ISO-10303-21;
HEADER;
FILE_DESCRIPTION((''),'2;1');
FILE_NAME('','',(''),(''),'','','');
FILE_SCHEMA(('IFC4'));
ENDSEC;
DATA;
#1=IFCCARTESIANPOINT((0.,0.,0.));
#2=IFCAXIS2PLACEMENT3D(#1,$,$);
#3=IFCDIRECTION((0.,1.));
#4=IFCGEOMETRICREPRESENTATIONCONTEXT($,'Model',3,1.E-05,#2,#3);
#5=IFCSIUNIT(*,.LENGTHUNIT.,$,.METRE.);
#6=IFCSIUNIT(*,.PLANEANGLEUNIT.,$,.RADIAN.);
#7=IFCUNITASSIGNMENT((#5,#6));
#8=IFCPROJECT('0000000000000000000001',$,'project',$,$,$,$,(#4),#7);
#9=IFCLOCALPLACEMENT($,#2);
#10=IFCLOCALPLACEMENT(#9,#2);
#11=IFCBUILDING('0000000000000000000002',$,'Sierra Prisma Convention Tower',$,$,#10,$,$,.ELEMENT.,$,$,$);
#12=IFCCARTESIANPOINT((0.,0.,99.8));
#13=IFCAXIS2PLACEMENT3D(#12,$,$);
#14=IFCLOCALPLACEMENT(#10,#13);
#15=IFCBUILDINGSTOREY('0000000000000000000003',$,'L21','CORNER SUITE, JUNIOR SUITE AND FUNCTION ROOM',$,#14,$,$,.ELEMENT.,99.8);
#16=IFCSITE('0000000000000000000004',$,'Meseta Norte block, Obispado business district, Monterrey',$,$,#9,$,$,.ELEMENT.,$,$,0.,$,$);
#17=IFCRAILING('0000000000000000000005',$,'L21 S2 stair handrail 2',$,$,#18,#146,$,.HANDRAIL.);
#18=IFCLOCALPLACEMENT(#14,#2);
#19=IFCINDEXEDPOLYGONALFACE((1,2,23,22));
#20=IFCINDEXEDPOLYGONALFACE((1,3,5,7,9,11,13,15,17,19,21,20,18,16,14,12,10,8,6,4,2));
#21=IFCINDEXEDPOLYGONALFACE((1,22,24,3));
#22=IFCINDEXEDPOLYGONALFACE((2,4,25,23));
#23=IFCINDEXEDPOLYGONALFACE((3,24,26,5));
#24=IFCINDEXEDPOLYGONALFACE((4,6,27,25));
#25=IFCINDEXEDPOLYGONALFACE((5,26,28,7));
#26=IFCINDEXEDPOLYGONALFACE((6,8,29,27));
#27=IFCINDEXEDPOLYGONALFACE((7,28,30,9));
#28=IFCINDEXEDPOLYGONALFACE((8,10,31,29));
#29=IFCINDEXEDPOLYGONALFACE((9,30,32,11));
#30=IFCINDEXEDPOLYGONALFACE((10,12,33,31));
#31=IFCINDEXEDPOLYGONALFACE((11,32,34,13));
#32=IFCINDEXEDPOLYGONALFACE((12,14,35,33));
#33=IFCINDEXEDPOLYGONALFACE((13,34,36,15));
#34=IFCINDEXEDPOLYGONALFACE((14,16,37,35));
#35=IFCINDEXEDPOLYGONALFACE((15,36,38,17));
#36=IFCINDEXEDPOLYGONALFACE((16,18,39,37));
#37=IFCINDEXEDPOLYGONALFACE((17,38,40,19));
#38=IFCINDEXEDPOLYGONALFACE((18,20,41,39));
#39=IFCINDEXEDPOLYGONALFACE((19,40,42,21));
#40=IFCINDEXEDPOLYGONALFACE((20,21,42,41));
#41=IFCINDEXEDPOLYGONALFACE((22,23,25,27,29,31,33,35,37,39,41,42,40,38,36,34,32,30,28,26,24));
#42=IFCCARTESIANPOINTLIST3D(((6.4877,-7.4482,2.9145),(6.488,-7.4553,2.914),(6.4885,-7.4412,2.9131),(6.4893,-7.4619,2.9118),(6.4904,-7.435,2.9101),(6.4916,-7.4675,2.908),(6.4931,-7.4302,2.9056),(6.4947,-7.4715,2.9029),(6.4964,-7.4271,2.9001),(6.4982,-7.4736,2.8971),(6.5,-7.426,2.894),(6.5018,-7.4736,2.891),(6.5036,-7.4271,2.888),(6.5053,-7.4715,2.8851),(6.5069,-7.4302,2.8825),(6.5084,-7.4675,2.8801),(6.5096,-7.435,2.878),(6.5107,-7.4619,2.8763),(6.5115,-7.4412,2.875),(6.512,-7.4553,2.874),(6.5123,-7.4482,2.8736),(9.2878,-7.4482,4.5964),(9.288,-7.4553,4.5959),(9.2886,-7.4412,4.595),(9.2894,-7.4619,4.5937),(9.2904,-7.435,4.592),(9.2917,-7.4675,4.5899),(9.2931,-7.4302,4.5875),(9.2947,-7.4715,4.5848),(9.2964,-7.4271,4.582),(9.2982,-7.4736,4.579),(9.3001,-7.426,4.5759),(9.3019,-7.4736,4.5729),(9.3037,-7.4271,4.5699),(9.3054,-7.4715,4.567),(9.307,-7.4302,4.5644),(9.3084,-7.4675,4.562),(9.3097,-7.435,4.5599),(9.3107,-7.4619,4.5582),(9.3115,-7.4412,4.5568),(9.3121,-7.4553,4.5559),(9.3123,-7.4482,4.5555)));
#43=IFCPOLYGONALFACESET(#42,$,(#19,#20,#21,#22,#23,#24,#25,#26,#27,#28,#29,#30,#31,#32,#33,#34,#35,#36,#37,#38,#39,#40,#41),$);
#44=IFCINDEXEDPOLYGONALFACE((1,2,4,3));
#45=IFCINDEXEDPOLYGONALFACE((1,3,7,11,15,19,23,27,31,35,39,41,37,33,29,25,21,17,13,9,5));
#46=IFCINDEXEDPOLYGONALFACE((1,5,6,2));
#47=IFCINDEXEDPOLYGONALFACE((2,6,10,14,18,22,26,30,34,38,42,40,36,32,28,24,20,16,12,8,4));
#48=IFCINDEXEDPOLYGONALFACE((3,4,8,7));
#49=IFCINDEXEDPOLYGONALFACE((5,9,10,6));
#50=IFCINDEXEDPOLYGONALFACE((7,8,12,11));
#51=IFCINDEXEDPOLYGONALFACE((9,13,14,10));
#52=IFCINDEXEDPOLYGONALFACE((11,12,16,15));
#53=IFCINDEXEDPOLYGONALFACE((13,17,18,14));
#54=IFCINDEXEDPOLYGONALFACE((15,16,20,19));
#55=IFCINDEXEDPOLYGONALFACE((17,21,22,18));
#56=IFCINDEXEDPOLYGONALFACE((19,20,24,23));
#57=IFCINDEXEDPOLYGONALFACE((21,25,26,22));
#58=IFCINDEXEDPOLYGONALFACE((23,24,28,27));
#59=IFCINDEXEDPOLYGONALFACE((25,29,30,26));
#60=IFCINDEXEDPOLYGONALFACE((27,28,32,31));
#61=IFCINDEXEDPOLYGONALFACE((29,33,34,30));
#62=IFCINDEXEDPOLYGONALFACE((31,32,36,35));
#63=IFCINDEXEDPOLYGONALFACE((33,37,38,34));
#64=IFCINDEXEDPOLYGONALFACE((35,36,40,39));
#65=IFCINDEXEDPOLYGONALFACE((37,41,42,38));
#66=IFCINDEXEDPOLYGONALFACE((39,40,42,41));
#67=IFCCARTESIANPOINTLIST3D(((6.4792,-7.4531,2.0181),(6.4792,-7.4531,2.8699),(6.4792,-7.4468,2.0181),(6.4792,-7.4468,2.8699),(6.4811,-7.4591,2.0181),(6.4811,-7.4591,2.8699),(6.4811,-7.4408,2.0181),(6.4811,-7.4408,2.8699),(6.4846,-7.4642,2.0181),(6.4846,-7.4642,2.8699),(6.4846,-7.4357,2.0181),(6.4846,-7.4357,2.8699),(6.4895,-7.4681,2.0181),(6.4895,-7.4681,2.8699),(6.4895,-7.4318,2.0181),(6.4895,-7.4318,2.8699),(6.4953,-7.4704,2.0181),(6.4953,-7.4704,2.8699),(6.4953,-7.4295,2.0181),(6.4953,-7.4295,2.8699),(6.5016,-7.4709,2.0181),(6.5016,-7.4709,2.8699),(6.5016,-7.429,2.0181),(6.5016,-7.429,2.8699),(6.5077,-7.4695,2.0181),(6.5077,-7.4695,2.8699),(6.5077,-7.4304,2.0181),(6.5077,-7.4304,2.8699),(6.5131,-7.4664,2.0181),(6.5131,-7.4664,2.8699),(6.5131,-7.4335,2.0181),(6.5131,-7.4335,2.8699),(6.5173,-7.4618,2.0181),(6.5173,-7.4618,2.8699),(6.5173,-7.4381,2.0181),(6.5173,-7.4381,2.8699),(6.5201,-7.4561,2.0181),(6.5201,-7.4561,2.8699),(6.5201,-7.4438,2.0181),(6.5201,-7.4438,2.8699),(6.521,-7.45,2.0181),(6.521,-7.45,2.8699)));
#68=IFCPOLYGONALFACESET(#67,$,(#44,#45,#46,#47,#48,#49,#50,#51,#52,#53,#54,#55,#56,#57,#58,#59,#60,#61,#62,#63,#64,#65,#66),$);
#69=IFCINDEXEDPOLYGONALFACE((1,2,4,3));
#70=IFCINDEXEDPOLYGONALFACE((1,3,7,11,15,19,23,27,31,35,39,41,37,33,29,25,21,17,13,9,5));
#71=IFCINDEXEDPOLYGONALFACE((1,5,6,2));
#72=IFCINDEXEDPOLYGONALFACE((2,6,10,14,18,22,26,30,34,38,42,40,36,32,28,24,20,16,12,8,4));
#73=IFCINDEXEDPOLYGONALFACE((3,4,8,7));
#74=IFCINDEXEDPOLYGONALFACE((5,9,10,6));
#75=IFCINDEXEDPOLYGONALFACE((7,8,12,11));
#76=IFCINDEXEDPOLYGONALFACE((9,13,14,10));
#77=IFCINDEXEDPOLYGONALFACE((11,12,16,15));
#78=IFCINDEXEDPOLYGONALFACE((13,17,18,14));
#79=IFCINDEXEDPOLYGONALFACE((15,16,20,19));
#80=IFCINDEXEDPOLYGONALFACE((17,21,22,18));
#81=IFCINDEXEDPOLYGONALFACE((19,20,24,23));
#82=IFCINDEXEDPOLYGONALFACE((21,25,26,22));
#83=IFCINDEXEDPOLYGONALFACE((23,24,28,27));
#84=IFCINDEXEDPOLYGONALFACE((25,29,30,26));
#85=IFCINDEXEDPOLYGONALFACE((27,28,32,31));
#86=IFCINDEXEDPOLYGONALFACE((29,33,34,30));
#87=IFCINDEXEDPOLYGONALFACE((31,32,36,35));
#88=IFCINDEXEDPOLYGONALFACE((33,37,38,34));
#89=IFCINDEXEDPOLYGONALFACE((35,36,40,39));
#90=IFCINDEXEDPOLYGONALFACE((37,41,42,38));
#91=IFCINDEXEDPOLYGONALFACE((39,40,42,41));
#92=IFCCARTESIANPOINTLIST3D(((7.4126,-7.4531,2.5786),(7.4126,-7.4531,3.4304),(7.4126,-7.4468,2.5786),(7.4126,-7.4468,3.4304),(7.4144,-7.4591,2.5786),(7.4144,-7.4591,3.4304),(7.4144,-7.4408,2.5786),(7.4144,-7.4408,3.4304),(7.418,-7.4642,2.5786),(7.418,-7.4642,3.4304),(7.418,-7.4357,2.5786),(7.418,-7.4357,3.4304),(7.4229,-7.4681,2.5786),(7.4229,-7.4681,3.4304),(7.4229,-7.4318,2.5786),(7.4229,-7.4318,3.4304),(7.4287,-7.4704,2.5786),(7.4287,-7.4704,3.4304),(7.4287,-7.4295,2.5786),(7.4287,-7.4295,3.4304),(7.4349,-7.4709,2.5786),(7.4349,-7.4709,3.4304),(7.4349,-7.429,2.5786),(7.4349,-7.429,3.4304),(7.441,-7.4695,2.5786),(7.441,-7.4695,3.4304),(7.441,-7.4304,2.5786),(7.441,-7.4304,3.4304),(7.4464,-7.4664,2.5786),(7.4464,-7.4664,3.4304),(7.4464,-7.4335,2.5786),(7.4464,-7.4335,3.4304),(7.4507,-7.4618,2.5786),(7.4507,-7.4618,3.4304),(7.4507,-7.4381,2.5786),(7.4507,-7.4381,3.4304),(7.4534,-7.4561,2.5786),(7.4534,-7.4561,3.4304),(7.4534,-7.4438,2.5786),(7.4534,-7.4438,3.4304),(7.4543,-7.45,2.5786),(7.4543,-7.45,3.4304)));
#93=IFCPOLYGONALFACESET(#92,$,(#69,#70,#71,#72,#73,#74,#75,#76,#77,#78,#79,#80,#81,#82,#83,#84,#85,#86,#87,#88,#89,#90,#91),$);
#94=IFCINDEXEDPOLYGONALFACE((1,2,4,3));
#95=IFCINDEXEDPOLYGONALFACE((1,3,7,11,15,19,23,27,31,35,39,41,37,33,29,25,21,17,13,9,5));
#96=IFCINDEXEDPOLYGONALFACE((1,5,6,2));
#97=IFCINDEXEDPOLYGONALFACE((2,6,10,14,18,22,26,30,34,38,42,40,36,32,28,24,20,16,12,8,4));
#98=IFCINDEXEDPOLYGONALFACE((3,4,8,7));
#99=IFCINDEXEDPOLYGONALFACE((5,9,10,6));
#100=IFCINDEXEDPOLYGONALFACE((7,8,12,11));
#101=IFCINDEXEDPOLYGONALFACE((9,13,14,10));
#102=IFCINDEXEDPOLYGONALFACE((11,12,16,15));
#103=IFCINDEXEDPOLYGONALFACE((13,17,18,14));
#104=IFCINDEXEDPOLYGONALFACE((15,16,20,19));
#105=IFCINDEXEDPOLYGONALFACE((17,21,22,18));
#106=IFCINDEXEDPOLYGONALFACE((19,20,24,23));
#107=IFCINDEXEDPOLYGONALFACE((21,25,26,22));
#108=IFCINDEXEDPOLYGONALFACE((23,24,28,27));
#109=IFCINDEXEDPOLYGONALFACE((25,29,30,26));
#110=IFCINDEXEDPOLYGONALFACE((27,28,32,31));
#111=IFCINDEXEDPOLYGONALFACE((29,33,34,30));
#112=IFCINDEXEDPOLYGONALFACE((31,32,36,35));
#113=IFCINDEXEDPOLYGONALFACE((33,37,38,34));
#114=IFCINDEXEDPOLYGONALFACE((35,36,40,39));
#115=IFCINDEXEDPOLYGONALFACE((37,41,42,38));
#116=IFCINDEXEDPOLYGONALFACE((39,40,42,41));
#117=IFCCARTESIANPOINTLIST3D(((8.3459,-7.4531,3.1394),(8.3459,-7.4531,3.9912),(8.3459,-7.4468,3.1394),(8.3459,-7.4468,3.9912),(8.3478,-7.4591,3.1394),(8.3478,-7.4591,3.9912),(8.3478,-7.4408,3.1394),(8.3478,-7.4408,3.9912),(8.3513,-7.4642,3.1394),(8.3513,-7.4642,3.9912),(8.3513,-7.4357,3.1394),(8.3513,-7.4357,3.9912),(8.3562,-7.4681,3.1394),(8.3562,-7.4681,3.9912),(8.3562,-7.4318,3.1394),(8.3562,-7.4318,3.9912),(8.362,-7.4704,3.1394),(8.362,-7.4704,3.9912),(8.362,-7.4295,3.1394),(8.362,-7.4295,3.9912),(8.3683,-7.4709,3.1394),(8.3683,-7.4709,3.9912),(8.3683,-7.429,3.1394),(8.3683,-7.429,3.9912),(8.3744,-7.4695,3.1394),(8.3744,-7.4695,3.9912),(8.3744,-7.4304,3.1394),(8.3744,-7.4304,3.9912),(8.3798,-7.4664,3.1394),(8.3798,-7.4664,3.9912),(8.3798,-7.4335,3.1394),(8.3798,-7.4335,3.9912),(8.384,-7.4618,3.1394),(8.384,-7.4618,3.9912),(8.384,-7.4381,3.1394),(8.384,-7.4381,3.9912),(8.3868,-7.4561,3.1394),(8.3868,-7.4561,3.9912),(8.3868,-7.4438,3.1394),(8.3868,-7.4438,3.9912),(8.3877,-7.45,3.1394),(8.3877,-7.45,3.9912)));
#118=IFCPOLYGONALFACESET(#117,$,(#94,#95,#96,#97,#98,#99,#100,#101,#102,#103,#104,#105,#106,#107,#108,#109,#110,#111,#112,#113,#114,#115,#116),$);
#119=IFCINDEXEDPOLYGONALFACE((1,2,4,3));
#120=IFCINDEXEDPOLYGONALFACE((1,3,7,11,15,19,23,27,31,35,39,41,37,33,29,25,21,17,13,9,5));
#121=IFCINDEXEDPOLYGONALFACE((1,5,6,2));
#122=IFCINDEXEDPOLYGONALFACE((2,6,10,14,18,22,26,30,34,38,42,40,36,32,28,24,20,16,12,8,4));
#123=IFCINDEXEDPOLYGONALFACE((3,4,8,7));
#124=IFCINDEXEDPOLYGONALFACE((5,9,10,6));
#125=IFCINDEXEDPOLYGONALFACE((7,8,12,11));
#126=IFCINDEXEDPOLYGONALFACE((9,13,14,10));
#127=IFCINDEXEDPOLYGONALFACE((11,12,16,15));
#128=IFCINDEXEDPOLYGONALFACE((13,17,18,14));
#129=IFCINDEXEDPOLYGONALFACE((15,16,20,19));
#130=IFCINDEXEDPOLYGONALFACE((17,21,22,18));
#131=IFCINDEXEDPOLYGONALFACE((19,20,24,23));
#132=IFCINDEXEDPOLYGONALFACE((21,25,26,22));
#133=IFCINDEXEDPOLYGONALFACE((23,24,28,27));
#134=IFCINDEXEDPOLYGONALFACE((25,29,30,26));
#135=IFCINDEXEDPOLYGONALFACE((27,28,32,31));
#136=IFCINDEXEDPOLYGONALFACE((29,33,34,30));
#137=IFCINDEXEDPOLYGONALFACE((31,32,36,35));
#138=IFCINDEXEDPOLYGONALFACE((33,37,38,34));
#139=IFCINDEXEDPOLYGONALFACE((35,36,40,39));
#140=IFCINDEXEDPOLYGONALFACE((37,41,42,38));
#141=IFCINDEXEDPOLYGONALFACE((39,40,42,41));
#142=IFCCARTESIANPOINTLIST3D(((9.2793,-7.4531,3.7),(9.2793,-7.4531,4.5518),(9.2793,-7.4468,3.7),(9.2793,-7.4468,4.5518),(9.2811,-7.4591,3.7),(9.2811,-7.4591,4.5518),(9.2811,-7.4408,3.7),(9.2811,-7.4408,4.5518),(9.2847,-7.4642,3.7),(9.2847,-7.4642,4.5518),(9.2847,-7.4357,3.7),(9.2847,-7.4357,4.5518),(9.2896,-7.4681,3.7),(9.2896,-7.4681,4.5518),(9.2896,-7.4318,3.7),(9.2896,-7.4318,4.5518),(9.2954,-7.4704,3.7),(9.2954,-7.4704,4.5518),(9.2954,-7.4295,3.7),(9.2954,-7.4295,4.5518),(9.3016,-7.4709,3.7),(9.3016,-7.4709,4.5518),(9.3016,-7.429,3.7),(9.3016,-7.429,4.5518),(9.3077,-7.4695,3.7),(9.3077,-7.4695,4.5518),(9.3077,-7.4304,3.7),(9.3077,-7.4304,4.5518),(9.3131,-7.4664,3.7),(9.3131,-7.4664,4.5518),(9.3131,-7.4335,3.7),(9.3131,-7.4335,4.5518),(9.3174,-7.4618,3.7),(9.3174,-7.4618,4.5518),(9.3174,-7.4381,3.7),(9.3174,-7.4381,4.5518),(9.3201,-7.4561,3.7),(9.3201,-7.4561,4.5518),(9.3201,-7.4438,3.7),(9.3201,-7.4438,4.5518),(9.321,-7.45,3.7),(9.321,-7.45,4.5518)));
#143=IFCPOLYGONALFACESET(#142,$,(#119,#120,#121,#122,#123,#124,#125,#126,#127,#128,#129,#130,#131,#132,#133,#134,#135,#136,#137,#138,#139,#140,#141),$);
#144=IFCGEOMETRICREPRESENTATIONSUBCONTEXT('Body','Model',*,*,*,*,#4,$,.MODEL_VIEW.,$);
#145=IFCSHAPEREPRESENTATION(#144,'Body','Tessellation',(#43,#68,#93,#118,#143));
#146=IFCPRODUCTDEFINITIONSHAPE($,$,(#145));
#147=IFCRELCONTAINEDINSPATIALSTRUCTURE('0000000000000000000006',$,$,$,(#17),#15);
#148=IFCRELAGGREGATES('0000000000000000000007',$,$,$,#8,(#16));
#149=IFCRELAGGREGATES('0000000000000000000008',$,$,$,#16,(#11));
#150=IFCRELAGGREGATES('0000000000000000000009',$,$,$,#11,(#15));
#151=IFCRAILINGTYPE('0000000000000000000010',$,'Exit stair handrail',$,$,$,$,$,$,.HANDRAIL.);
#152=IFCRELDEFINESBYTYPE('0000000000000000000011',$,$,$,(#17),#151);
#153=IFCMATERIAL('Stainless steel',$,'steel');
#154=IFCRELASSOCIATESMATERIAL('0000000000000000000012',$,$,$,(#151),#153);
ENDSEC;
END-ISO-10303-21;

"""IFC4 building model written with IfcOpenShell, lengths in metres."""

from ifc_helpers import new_model, si_unit, direction, frame, origin, origin_2d, place, context, subcontext, project, spatial, circle, extrude, material, type_object, element, save


model = new_model("IFC4")

# Units and contexts
model_context = context("Model", 3, precision=1e-05, world=origin(), true_north=direction((0.0, 1.0)))
body_context = subcontext(model_context, "Body", "Model", "MODEL_VIEW")
ifc_project = project(units=[si_unit("LENGTHUNIT", "METRE"), si_unit("PLANEANGLEUNIT", "RADIAN")], contexts=[model_context])

# Site, building, storey
site_placement = place(None, origin())
site = spatial("IfcSite", under=ifc_project, at=site_placement, Name="Meseta Norte block, Obispado business district, Monterrey", CompositionType="ELEMENT", RefElevation=0.0)
building_placement = place(site_placement, origin())
building = spatial("IfcBuilding", under=site, at=building_placement, Name="Sierra Prisma Convention Tower", CompositionType="ELEMENT")
storey_placement = place(building_placement, frame((0.0, 0.0, 99.8)))
storey = spatial("IfcBuildingStorey", under=building, at=storey_placement, Name="L21", Description="CORNER SUITE, JUNIOR SUITE AND FUNCTION ROOM", CompositionType="ELEMENT", Elevation=99.8)

# Railing
ifc_material_1 = material(Name="Stainless steel", Category="steel")
railing_type_1 = type_object("IfcRailingType", Name="Exit stair handrail", PredefinedType="HANDRAIL", material=ifc_material_1)
railing_1_placement = place(storey_placement, frame((6.5, -7.45, 2.0181)))
element("IfcRailing", 1, at=railing_1_placement, inside=storey, type_object=railing_type_1, Name="L21 S2 stair handrail 2", PredefinedType="HANDRAIL", context=body_context, shape_type="SweptSolid", body=[
    extrude(circle(Radius=0.0239, at=origin_2d()), frame((0.0, 0.0, 0.876), z_axis=(0.857242, 0.0, 0.514913), x_axis=(0.0, 1.0, 0.0)), (0.0, 0.0, 1.0), 3.2664),
    extrude(circle(Radius=0.021, at=origin_2d()), origin(), (0.0, 0.0, 1.0), 0.8518),
    extrude(circle(Radius=0.021, at=origin_2d()), frame((0.9333, 0.0, 0.5605)), (0.0, 0.0, 1.0), 0.8518),
    extrude(circle(Radius=0.021, at=origin_2d()), frame((1.8667, 0.0, 1.1213)), (0.0, 0.0, 1.0), 0.8518),
    extrude(circle(Radius=0.021, at=origin_2d()), frame((2.8, 0.0, 1.6819)), (0.0, 0.0, 1.0), 0.8518),
])

save(model, "model.ifc")
